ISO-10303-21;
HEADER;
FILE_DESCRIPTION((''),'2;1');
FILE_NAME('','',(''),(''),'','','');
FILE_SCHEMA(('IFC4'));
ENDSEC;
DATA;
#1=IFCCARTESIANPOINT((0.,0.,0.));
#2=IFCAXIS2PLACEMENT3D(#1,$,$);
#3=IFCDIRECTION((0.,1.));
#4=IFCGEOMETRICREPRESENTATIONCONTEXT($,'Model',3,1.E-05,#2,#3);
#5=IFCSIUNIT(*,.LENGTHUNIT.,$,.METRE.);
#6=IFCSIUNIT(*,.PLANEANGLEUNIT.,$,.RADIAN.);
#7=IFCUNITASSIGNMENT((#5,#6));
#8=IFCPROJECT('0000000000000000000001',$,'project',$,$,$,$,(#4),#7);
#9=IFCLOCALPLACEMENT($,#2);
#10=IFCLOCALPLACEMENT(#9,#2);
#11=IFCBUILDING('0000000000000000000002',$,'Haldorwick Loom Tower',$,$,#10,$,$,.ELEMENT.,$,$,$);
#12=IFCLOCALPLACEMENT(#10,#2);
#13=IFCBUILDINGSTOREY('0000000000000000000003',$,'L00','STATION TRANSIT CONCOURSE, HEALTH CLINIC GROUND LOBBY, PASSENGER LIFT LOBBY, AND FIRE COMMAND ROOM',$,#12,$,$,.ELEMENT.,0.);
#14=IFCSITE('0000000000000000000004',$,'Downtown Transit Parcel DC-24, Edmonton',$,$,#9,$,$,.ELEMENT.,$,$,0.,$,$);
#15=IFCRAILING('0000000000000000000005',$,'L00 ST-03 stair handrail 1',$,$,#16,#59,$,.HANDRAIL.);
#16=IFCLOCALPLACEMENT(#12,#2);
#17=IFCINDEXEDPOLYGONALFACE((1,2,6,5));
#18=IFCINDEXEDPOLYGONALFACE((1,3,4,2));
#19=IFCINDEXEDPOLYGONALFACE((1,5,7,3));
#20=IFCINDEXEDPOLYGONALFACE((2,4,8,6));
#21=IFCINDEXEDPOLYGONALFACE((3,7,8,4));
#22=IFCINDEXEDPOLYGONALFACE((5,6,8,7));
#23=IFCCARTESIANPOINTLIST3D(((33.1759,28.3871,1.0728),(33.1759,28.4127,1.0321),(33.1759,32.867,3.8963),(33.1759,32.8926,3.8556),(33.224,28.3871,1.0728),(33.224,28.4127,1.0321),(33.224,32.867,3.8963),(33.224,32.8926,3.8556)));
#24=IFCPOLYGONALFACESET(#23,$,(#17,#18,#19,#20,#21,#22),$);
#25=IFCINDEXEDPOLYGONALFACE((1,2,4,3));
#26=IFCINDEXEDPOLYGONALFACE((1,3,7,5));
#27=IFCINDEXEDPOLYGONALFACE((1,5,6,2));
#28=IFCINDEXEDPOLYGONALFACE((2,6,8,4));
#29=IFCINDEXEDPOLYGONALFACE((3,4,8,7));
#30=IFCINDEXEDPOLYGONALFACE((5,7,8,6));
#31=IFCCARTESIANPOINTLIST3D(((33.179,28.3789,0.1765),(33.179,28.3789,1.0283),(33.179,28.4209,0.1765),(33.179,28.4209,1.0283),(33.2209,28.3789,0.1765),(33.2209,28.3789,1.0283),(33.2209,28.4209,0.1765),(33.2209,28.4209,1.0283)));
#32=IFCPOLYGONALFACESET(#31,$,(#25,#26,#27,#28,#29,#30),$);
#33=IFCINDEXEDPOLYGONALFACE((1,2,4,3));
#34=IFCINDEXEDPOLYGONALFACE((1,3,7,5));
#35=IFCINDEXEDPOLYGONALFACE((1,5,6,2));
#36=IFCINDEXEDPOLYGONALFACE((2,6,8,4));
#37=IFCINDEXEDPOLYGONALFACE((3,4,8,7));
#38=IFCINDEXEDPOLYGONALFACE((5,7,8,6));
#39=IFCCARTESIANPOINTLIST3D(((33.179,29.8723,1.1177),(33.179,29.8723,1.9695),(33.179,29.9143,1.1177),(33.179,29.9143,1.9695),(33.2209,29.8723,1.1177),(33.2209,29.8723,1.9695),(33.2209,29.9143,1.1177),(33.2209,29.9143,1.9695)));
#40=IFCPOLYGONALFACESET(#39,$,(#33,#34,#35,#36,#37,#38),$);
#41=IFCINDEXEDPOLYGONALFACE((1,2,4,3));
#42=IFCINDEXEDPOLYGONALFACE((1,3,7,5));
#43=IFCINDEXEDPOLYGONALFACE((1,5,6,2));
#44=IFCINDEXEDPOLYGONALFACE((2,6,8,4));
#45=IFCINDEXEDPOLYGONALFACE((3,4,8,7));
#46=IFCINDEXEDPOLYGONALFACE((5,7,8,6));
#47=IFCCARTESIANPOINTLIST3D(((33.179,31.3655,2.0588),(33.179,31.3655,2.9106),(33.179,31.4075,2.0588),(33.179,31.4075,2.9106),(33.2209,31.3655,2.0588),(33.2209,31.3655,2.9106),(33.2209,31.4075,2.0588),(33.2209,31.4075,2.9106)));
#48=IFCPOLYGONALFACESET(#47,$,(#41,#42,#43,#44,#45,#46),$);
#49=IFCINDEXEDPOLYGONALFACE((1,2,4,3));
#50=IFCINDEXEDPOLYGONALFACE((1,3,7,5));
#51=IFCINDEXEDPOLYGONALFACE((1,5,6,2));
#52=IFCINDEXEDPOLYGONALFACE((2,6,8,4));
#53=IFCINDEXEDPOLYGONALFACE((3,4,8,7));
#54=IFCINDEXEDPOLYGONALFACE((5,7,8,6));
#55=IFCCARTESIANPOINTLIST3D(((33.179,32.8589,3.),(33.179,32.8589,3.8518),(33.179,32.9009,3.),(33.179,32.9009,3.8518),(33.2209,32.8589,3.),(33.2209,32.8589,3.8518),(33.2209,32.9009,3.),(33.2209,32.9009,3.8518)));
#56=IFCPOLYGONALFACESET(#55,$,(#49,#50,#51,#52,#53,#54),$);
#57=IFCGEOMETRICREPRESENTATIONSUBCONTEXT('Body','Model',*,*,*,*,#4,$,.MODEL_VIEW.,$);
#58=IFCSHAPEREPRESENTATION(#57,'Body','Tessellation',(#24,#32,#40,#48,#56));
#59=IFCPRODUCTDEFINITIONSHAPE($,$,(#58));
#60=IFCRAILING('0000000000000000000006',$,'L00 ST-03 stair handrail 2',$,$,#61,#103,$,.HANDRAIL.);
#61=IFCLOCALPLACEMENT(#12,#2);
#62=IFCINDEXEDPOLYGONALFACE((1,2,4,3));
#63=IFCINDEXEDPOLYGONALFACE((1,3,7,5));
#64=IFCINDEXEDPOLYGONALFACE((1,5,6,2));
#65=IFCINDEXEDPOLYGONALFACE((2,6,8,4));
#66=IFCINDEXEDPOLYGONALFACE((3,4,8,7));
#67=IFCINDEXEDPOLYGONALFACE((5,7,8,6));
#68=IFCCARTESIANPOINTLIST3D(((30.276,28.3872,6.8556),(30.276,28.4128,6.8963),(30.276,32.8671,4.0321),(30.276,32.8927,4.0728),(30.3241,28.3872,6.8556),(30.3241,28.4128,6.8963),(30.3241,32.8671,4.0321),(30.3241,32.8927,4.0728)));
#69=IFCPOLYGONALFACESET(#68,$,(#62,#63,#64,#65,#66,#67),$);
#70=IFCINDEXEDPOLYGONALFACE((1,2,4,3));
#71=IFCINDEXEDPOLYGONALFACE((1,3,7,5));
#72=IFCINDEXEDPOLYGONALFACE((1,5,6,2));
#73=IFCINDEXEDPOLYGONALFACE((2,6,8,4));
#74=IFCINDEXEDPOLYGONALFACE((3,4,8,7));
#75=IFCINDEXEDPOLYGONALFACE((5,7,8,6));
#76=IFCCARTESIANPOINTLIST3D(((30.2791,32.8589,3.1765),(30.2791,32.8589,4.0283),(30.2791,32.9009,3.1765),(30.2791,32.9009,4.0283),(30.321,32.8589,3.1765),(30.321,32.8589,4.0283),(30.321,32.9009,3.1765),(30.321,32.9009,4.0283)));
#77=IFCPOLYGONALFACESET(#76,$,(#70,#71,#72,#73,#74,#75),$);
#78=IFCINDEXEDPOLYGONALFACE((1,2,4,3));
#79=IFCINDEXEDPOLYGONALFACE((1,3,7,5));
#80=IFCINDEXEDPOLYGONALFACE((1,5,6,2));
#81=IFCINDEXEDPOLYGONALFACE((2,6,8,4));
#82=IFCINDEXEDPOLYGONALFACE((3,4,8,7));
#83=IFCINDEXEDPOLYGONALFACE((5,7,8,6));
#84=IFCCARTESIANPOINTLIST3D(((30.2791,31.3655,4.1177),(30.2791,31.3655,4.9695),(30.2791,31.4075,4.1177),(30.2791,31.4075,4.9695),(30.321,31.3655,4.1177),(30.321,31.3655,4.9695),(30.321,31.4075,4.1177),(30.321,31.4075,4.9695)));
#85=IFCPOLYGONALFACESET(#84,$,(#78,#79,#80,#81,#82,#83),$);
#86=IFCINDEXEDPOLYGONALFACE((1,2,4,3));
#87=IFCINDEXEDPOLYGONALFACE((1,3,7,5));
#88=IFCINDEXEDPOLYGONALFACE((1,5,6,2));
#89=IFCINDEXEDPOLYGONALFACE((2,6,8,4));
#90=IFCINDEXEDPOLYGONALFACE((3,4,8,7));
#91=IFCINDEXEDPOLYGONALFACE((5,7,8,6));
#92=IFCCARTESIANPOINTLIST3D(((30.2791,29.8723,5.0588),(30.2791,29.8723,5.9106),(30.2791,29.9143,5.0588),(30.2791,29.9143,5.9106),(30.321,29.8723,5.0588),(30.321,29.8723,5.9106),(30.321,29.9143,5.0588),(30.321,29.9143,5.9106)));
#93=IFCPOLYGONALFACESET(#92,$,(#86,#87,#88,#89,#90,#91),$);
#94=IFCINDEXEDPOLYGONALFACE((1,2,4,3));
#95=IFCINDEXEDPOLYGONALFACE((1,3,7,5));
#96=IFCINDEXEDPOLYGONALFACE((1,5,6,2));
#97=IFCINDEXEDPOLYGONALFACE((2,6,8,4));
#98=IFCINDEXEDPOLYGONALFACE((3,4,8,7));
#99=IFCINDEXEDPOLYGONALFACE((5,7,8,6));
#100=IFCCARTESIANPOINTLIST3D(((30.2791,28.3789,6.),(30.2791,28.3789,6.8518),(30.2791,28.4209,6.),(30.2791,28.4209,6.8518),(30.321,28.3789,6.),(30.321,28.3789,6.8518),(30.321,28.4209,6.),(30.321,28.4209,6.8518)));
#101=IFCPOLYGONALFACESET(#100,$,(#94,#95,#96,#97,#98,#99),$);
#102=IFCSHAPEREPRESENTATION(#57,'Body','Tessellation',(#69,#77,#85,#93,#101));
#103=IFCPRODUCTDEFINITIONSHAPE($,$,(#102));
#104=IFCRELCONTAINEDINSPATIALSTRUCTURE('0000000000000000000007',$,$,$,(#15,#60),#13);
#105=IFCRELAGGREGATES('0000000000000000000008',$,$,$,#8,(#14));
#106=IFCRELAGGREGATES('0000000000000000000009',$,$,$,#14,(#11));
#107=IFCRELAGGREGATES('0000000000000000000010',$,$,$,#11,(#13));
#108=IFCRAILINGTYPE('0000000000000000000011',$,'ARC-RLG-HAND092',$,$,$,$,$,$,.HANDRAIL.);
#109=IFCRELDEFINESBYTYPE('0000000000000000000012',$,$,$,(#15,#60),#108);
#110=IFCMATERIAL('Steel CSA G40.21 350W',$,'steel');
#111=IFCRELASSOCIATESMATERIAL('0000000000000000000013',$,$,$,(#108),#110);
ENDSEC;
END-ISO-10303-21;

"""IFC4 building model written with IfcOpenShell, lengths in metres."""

from ifc_helpers import new_model, si_unit, direction, frame, origin, origin_2d, place, context, subcontext, project, spatial, rectangle, extrude, material, type_object, element, save


model = new_model("IFC4")

# Units and contexts
model_context = context("Model", 3, precision=1e-05, world=origin(), true_north=direction((0.0, 1.0)))
body_context = subcontext(model_context, "Body", "Model", "MODEL_VIEW")
ifc_project = project(units=[si_unit("LENGTHUNIT", "METRE"), si_unit("PLANEANGLEUNIT", "RADIAN")], contexts=[model_context])

# Site, building, storey
site_placement = place(None, origin())
site = spatial("IfcSite", under=ifc_project, at=site_placement, Name="Downtown Transit Parcel DC-24, Edmonton", CompositionType="ELEMENT", RefElevation=0.0)
building_placement = place(site_placement, origin())
building = spatial("IfcBuilding", under=site, at=building_placement, Name="Haldorwick Loom Tower", CompositionType="ELEMENT")
storey_placement = place(building_placement, origin())
storey = spatial("IfcBuildingStorey", under=building, at=storey_placement, Name="L00", Description="STATION TRANSIT CONCOURSE, HEALTH CLINIC GROUND LOBBY, PASSENGER LIFT LOBBY, AND FIRE COMMAND ROOM", CompositionType="ELEMENT", Elevation=0.0)

# Shared definitions
ifc_material_1 = material(Name="Steel CSA G40.21 350W", Category="steel")

# Railings
railing_type_1 = type_object("IfcRailingType", Name="ARC-RLG-HAND092", PredefinedType="HANDRAIL", material=ifc_material_1)
railing_1_placement = place(storey_placement, frame((33.2, 28.3999, 0.1765)))
element("IfcRailing", 1, at=railing_1_placement, inside=storey, type_object=railing_type_1, Name="L00 ST-03 stair handrail 1", PredefinedType="HANDRAIL", context=body_context, shape_type="SweptSolid", body=[
    extrude(rectangle(XDim=0.0481, YDim=0.0481, at=origin_2d()), frame((0.0, 0.0, 0.876), z_axis=(0.0, 0.845998, 0.533186), x_axis=(-1.0, 0.0, 0.0)), (0.0, 0.0, 1.0), 5.2954),
    extrude(rectangle(XDim=0.042, YDim=0.042, at=origin_2d()), origin(), (0.0, 0.0, 1.0), 0.8518),
    extrude(rectangle(XDim=0.042, YDim=0.042, at=origin_2d()), frame((0.0, 1.4934, 0.9412)), (0.0, 0.0, 1.0), 0.8518),
    extrude(rectangle(XDim=0.042, YDim=0.042, at=origin_2d()), frame((0.0, 2.9866, 1.8823)), (0.0, 0.0, 1.0), 0.8518),
    extrude(rectangle(XDim=0.042, YDim=0.042, at=origin_2d()), frame((0.0, 4.48, 2.8235)), (0.0, 0.0, 1.0), 0.8518),
])
railing_2_placement = place(storey_placement, frame((30.3, 32.8799, 3.1765)))
element("IfcRailing", 2, at=railing_2_placement, inside=storey, type_object=railing_type_1, Name="L00 ST-03 stair handrail 2", PredefinedType="HANDRAIL", context=body_context, shape_type="SweptSolid", body=[
    extrude(rectangle(XDim=0.0481, YDim=0.0481, at=origin_2d()), frame((0.0, 0.0, 0.876), z_axis=(0.0, -0.845998, 0.533186), x_axis=(1.0, 0.0, 0.0)), (0.0, 0.0, 1.0), 5.2954),
    extrude(rectangle(XDim=0.042, YDim=0.042, at=origin_2d()), origin(), (0.0, 0.0, 1.0), 0.8518),
    extrude(rectangle(XDim=0.042, YDim=0.042, at=origin_2d()), frame((0.0, -1.4934, 0.9412)), (0.0, 0.0, 1.0), 0.8518),
    extrude(rectangle(XDim=0.042, YDim=0.042, at=origin_2d()), frame((0.0, -2.9866, 1.8823)), (0.0, 0.0, 1.0), 0.8518),
    extrude(rectangle(XDim=0.042, YDim=0.042, at=origin_2d()), frame((0.0, -4.48, 2.8235)), (0.0, 0.0, 1.0), 0.8518),
])

save(model, "model.ifc")
